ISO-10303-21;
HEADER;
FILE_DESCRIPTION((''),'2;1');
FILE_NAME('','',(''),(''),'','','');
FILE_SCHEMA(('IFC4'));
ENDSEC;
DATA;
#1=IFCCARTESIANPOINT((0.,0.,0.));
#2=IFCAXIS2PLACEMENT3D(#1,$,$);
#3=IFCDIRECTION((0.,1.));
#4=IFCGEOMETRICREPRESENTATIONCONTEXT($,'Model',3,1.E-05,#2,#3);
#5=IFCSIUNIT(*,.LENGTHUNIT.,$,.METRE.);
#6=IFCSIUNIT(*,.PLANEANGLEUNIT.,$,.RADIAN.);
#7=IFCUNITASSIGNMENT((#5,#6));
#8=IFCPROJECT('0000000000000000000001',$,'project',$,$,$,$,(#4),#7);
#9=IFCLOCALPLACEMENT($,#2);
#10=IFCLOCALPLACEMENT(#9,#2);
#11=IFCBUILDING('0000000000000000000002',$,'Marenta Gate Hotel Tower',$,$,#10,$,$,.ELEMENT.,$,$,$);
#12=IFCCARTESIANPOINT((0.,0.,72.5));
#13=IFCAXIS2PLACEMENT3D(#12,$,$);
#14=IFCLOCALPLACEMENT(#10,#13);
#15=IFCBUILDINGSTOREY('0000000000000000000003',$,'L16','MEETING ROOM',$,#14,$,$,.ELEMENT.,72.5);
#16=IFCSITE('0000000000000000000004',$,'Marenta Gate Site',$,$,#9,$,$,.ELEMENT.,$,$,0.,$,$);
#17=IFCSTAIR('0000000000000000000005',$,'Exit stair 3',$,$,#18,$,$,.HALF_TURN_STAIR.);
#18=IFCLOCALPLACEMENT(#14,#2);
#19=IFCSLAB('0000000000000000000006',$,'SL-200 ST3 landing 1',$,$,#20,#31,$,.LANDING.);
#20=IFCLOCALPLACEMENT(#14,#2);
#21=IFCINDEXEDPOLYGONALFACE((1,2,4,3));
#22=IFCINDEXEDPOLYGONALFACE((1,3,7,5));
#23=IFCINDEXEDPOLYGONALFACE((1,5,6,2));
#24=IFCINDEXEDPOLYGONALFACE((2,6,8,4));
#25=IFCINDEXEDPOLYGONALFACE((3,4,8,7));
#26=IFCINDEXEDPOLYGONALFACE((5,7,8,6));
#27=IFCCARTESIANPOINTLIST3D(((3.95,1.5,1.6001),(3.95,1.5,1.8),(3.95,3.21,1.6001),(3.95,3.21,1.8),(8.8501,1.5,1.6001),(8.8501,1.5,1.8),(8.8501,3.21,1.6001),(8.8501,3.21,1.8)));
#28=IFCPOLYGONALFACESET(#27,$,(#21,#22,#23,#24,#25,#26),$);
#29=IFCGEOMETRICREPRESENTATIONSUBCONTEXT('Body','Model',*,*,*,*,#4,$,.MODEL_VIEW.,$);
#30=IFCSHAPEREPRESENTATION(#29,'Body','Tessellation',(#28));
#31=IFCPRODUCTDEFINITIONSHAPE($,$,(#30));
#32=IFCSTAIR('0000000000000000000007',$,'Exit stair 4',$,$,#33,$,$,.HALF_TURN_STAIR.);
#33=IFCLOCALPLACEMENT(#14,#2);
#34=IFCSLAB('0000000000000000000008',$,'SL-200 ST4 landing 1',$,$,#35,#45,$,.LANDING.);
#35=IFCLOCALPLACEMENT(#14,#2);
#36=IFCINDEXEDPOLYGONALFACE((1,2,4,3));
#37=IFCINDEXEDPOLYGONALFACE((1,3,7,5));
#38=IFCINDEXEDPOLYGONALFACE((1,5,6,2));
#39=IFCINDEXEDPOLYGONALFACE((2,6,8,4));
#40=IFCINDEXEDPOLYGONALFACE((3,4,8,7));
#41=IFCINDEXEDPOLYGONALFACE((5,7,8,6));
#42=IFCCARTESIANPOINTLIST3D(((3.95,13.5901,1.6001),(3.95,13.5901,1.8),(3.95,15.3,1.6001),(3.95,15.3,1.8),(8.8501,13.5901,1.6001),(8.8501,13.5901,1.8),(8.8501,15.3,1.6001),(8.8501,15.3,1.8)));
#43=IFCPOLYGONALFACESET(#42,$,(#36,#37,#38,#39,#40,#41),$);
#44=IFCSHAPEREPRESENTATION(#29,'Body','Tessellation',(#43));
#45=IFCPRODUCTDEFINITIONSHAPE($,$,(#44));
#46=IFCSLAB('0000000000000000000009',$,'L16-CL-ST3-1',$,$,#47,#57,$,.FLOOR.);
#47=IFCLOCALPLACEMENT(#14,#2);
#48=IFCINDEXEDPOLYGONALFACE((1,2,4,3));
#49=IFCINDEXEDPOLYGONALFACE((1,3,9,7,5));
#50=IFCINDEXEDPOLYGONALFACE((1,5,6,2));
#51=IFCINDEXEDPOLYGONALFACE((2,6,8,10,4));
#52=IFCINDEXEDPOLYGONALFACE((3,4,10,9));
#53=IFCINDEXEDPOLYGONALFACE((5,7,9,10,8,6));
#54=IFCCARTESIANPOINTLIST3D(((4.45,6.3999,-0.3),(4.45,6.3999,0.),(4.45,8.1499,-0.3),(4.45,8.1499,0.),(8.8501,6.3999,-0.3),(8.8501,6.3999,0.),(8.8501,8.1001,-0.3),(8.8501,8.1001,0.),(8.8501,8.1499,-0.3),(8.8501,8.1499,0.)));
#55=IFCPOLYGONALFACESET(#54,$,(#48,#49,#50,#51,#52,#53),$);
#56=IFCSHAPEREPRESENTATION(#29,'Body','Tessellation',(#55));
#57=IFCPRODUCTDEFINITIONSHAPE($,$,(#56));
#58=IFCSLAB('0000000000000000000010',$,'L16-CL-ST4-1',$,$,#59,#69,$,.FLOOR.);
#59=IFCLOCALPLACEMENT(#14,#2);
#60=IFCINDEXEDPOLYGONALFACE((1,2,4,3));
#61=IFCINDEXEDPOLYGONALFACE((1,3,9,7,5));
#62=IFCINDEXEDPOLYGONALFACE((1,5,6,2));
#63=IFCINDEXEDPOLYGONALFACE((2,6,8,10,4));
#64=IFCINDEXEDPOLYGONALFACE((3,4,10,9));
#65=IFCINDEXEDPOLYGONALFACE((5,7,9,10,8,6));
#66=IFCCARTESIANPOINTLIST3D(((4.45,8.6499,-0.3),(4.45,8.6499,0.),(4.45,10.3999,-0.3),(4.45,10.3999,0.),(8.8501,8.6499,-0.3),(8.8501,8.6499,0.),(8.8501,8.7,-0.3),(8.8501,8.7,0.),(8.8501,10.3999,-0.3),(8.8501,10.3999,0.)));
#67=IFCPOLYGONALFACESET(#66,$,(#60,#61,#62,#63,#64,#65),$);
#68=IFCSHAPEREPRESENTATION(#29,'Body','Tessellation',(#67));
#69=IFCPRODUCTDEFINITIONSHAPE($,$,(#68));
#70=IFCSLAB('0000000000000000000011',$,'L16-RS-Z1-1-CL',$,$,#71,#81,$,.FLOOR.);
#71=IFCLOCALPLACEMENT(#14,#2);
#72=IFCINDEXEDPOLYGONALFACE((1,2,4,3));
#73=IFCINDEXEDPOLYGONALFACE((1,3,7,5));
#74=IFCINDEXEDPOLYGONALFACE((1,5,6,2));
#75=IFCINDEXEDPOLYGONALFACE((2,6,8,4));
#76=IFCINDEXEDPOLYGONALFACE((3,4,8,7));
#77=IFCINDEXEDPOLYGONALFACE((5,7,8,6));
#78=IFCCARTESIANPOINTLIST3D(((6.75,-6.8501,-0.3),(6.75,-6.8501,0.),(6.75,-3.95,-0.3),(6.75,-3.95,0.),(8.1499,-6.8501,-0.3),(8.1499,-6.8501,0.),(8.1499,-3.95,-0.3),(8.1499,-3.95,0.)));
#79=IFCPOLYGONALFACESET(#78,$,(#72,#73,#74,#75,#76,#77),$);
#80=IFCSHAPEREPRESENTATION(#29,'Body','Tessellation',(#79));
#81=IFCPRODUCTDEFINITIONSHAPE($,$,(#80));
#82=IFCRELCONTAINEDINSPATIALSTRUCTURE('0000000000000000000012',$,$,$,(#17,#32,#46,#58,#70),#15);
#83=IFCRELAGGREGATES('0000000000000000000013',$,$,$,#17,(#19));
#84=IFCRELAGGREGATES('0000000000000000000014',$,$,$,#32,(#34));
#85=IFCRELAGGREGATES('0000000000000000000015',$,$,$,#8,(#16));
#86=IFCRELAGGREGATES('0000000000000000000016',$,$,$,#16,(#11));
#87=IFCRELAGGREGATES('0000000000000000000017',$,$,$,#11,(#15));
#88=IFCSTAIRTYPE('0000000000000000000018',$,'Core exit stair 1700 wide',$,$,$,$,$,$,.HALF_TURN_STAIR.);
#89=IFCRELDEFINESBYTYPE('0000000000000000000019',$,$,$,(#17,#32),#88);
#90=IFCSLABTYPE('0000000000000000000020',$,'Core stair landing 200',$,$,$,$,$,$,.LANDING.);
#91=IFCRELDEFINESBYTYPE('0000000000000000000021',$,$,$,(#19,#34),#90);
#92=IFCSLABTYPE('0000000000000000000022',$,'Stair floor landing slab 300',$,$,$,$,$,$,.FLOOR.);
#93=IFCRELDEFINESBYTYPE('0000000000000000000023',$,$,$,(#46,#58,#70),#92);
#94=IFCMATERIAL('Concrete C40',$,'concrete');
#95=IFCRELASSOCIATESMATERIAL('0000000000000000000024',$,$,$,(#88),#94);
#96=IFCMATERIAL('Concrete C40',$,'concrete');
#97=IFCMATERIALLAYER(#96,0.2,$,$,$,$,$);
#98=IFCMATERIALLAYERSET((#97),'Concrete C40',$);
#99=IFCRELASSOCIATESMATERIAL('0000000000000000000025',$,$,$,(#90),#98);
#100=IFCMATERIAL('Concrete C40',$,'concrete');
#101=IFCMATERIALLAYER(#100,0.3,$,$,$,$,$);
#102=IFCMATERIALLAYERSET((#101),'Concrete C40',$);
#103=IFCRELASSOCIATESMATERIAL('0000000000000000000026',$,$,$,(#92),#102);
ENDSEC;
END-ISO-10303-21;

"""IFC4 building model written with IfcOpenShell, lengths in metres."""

from ifc_helpers import new_model, si_unit, direction, frame, origin, place, context, subcontext, project, spatial, polyline, outline, extrude, material, layer, layer_set, type_object, element, aggregate, save


model = new_model("IFC4")

# Units and contexts
model_context = context("Model", 3, precision=1e-05, world=origin(), true_north=direction((0.0, 1.0)))
body_context = subcontext(model_context, "Body", "Model", "MODEL_VIEW")
ifc_project = project(units=[si_unit("LENGTHUNIT", "METRE"), si_unit("PLANEANGLEUNIT", "RADIAN")], contexts=[model_context])

# Site, building, storey
site_placement = place(None, origin())
site = spatial("IfcSite", under=ifc_project, at=site_placement, Name="Marenta Gate Site", CompositionType="ELEMENT", RefElevation=0.0)
building_placement = place(site_placement, origin())
building = spatial("IfcBuilding", under=site, at=building_placement, Name="Marenta Gate Hotel Tower", CompositionType="ELEMENT")
storey_placement = place(building_placement, frame((0.0, 0.0, 72.5)))
storey = spatial("IfcBuildingStorey", under=building, at=storey_placement, Name="L16", Description="MEETING ROOM", CompositionType="ELEMENT", Elevation=72.5)

# Stairs, slabs
ifc_material_1 = material(Name="Concrete C40", Category="concrete")
stair_type = type_object("IfcStairType", Name="Core exit stair 1700 wide", PredefinedType="HALF_TURN_STAIR", material=ifc_material_1)
ifc_material_2 = material(Name="Concrete C40", Category="concrete")
ifc_layer_1 = layer(ifc_material_2, 0.2)
ifc_layer_set_1 = layer_set([ifc_layer_1], Name="Concrete C40")
slab_type_1 = type_object("IfcSlabType", Name="Core stair landing 200", PredefinedType="LANDING", material=ifc_layer_set_1)
stair_1_placement = place(storey_placement, origin())
stair_1 = element("IfcStair", 1, at=stair_1_placement, inside=storey, type_object=stair_type, Name="Exit stair 3", PredefinedType="HALF_TURN_STAIR")
slab_1_placement = place(storey_placement, frame((0.0, 0.0, 1.6001)))
slab_1 = element("IfcSlab", 2, at=slab_1_placement, type_object=slab_type_1, Name="SL-200 ST3 landing 1", PredefinedType="LANDING", context=body_context, shape_type="SweptSolid", body=[
    extrude(outline(polyline([(3.95, 1.5), (8.8501, 1.5), (8.8501, 3.21), (3.95, 3.21), (3.95, 1.5)])), origin(), (0.0, 0.0, 1.0), 0.2),
])
aggregate(stair_1, [slab_1])
stair_2_placement = place(storey_placement, origin())
stair_2 = element("IfcStair", 3, at=stair_2_placement, inside=storey, type_object=stair_type, Name="Exit stair 4", PredefinedType="HALF_TURN_STAIR")
slab_2_placement = place(storey_placement, frame((0.0, 0.0, 1.6001)))
slab_2 = element("IfcSlab", 4, at=slab_2_placement, type_object=slab_type_1, Name="SL-200 ST4 landing 1", PredefinedType="LANDING", context=body_context, shape_type="SweptSolid", body=[
    extrude(outline(polyline([(3.95, 13.5901), (8.8501, 13.5901), (8.8501, 15.3), (3.95, 15.3), (3.95, 13.5901)])), origin(), (0.0, 0.0, 1.0), 0.2),
])
aggregate(stair_2, [slab_2])

# Slabs
ifc_material_3 = material(Name="Concrete C40", Category="concrete")
ifc_layer_2 = layer(ifc_material_3, 0.3)
ifc_layer_set_2 = layer_set([ifc_layer_2], Name="Concrete C40")
slab_type_2 = type_object("IfcSlabType", Name="Stair floor landing slab 300", PredefinedType="FLOOR", material=ifc_layer_set_2)
slab_3_placement = place(storey_placement, frame((0.0, 0.0, -0.3)))
element("IfcSlab", 5, at=slab_3_placement, inside=storey, type_object=slab_type_2, Name="L16-CL-ST3-1", PredefinedType="FLOOR", context=body_context, shape_type="SweptSolid", body=[
    extrude(outline(polyline([(4.45, 6.3999), (4.45, 8.1499), (8.8501, 8.1499), (8.8501, 8.1001), (8.8501, 6.3999), (4.45, 6.3999)])), origin(), (0.0, 0.0, 1.0), 0.3),
])
slab_4_placement = place(storey_placement, frame((0.0, 0.0, -0.3)))
element("IfcSlab", 6, at=slab_4_placement, inside=storey, type_object=slab_type_2, Name="L16-CL-ST4-1", PredefinedType="FLOOR", context=body_context, shape_type="SweptSolid", body=[
    extrude(outline(polyline([(4.45, 8.6499), (4.45, 10.3999), (8.8501, 10.3999), (8.8501, 8.7), (8.8501, 8.6499), (4.45, 8.6499)])), origin(), (0.0, 0.0, 1.0), 0.3),
])
slab_5_placement = place(storey_placement, frame((0.0, 0.0, -0.3)))
element("IfcSlab", 7, at=slab_5_placement, inside=storey, type_object=slab_type_2, Name="L16-RS-Z1-1-CL", PredefinedType="FLOOR", context=body_context, shape_type="SweptSolid", body=[
    extrude(outline(polyline([(8.1499, -6.8501), (8.1499, -3.95), (6.75, -3.95), (6.75, -6.8501), (8.1499, -6.8501)])), origin(), (0.0, 0.0, 1.0), 0.3),
])

save(model, "model.ifc")
